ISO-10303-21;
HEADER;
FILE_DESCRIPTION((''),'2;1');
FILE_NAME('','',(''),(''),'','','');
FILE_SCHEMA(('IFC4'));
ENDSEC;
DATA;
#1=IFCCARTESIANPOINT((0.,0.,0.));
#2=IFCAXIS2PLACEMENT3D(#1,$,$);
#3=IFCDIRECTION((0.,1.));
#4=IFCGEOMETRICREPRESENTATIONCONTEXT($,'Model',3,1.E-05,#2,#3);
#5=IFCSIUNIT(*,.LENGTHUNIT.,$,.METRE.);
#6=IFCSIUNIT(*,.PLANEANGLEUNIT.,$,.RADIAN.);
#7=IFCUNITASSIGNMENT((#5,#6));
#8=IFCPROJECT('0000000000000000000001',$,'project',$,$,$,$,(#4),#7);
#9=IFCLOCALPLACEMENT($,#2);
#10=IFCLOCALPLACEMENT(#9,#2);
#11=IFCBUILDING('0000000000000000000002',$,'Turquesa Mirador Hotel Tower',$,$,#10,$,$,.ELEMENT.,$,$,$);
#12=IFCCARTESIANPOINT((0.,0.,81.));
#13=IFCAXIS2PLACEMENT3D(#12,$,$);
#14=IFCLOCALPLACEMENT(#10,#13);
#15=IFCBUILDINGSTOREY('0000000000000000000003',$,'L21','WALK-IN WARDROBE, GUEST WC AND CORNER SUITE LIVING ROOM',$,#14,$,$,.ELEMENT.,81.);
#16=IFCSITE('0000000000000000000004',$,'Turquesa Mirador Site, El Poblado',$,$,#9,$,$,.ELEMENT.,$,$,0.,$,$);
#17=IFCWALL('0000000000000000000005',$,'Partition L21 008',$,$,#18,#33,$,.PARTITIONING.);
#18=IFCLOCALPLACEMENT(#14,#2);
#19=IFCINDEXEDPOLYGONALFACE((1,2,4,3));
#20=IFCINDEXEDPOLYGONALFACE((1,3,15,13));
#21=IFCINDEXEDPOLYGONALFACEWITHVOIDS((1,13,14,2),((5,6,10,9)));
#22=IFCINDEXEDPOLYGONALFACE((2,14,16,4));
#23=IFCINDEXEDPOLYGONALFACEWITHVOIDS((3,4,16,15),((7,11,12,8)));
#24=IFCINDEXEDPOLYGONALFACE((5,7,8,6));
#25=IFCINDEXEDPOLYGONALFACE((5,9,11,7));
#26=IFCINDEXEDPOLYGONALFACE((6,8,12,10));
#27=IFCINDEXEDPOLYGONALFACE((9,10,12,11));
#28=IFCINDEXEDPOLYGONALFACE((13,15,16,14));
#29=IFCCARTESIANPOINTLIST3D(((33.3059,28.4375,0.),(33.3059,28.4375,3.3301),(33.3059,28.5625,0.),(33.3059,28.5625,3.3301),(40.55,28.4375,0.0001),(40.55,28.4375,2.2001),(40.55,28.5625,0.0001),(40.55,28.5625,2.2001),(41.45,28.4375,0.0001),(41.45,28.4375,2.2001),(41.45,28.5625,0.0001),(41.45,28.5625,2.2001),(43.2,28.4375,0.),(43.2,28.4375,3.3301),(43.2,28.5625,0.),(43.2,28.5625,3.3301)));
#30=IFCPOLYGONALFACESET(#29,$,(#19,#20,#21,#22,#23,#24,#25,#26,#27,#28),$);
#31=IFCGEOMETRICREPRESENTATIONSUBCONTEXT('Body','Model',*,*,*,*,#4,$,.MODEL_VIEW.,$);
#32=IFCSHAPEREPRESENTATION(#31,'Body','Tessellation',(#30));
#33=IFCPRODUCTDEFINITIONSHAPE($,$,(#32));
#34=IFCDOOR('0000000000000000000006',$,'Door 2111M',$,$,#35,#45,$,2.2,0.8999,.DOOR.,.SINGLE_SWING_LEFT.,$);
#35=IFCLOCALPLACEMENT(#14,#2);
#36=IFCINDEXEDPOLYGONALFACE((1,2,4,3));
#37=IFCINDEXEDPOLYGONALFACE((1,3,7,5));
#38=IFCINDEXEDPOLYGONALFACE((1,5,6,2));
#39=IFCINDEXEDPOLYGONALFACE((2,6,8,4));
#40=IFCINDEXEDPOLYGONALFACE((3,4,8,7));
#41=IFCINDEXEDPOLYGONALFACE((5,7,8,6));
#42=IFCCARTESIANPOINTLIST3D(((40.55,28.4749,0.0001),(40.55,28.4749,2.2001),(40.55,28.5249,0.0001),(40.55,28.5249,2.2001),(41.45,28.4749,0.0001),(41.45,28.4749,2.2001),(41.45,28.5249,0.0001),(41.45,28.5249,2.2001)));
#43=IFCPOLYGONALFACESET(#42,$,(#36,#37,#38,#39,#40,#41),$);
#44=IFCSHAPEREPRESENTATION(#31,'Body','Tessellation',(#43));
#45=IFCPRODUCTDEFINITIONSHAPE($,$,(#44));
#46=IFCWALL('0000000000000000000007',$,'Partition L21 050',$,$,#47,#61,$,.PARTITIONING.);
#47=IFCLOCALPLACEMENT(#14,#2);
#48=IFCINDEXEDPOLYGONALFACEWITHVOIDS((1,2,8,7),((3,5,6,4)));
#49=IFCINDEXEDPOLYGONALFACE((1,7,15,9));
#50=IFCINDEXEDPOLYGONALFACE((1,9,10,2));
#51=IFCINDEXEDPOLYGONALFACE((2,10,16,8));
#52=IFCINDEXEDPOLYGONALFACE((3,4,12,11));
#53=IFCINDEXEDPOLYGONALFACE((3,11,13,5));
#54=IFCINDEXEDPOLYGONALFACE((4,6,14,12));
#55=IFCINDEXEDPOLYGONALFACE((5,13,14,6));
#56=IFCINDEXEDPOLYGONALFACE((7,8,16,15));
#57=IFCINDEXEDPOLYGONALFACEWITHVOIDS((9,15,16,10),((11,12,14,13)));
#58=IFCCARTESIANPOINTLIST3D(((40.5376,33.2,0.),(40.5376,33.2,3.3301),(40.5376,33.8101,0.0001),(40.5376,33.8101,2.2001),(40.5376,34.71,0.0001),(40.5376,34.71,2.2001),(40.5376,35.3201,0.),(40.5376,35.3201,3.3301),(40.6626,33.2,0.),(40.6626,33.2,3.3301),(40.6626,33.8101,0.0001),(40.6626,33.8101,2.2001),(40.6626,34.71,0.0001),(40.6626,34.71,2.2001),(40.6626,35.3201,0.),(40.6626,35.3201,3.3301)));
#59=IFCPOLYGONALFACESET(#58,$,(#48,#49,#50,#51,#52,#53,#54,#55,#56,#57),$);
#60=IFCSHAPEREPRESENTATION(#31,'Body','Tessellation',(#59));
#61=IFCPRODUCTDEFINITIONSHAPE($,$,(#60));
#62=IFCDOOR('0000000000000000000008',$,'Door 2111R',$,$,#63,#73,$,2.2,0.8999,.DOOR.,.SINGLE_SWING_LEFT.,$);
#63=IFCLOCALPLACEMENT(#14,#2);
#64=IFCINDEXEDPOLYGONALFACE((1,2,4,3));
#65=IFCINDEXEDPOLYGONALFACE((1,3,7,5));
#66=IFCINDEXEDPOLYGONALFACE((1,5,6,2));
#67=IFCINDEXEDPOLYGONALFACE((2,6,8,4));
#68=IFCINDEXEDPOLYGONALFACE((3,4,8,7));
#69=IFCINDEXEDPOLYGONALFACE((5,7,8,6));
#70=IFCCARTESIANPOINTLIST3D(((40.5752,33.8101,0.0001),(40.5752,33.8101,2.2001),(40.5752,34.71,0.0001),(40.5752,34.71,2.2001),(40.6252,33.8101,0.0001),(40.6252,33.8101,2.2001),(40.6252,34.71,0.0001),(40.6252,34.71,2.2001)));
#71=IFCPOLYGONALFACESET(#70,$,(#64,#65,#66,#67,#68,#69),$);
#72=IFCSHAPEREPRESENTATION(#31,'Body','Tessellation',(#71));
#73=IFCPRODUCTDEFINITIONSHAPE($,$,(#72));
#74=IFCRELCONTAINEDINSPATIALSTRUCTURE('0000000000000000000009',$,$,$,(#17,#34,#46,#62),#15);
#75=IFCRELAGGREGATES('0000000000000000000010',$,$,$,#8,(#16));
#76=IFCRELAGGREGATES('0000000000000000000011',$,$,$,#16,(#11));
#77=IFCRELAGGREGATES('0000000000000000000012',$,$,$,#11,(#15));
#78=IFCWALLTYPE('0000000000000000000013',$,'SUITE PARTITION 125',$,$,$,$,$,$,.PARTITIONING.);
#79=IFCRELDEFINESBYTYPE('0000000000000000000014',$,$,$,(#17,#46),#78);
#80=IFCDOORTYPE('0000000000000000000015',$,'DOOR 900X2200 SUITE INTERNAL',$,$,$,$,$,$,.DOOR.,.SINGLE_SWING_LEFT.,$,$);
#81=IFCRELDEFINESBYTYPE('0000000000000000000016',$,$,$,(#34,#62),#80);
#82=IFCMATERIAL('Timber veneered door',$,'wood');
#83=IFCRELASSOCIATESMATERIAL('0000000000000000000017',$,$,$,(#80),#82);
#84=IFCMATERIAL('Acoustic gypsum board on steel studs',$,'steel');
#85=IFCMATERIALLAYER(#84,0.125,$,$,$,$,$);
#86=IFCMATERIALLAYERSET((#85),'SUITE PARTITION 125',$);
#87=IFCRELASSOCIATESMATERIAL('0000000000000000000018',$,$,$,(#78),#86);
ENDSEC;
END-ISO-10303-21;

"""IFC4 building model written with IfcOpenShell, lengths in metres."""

from ifc_helpers import new_model, si_unit, direction, frame, frame_2d, origin, place, context, subcontext, project, spatial, rectangle, extrude, material, layer, layer_set, type_object, element, fill, save


model = new_model("IFC4")

# Units and contexts
model_context = context("Model", 3, precision=1e-05, world=origin(), true_north=direction((0.0, 1.0)))
body_context = subcontext(model_context, "Body", "Model", "MODEL_VIEW")
ifc_project = project(units=[si_unit("LENGTHUNIT", "METRE"), si_unit("PLANEANGLEUNIT", "RADIAN")], contexts=[model_context])

# Site, building, storey
site_placement = place(None, origin())
site = spatial("IfcSite", under=ifc_project, at=site_placement, Name="Turquesa Mirador Site, El Poblado", CompositionType="ELEMENT", RefElevation=0.0)
building_placement = place(site_placement, origin())
building = spatial("IfcBuilding", under=site, at=building_placement, Name="Turquesa Mirador Hotel Tower", CompositionType="ELEMENT")
storey_placement = place(building_placement, frame((0.0, 0.0, 81.0)))
storey = spatial("IfcBuildingStorey", under=building, at=storey_placement, Name="L21", Description="WALK-IN WARDROBE, GUEST WC AND CORNER SUITE LIVING ROOM", CompositionType="ELEMENT", Elevation=81.0)

# Shared definitions
ifc_material_1 = material(Name="Timber veneered door", Category="wood")
door_type_1 = type_object("IfcDoorType", Name="DOOR 900X2200 SUITE INTERNAL", OperationType="SINGLE_SWING_LEFT", PredefinedType="DOOR", material=ifc_material_1)

# Walls, openings, doors
ifc_material_2 = material(Name="Acoustic gypsum board on steel studs", Category="steel")
ifc_layer_1 = layer(ifc_material_2, 0.125)
ifc_layer_set_1 = layer_set([ifc_layer_1], Name="SUITE PARTITION 125")
wall_type_1 = type_object("IfcWallType", Name="SUITE PARTITION 125", PredefinedType="PARTITIONING", material=ifc_layer_set_1)
wall_1_placement = place(storey_placement, frame((33.3059, 28.5, 0.0), z_axis=(0.0, 0.0, 1.0), x_axis=(1.0, 0.0, 0.0)))
wall_1 = element("IfcWall", 1, at=wall_1_placement, inside=storey, type_object=wall_type_1, Name="Partition L21 008", PredefinedType="PARTITIONING", context=body_context, shape_type="SweptSolid", body=[
    extrude(rectangle(XDim=9.894, YDim=0.125, at=frame_2d((4.947, 0.0))), origin(), (0.0, 0.0, 1.0), 3.3301),
])
opening_1_placement = place(wall_1_placement, frame((7.2441, 0.0, 0.0)))
opening_1 = element("IfcOpeningElement", 2, at=opening_1_placement, cuts=wall_1, PredefinedType="OPENING", context=body_context, shape_type="SweptSolid", body=[
    extrude(rectangle(XDim=0.8999, YDim=2.2, at=frame_2d((0.45, 1.1001))), frame((0.0, 0.0725, 0.0), z_axis=(0.0, -1.0, 0.0), x_axis=(1.0, 0.0, 0.0)), (0.0, 0.0, 1.0), 0.145),
])
door_1_placement = place(opening_1_placement, origin())
door_1 = element("IfcDoor", 3, at=door_1_placement, inside=storey, type_object=door_type_1, Name="Door 2111M", OperationType="SINGLE_SWING_LEFT", OverallHeight=2.2, OverallWidth=0.8999, PredefinedType="DOOR", context=body_context, shape_type="SweptSolid", body=[
    extrude(rectangle(XDim=0.8999, YDim=2.2, at=frame_2d((0.45, 1.1001))), frame((0.0, 0.0249, 0.0), z_axis=(0.0, -1.0, 0.0), x_axis=(1.0, 0.0, 0.0)), (0.0, 0.0, 1.0), 0.05),
])
fill(opening_1, door_1)
wall_2_placement = place(storey_placement, frame((40.6001, 33.2, 0.0), z_axis=(0.0, 0.0, 1.0), x_axis=(0.0, 1.0, 0.0)))
wall_2 = element("IfcWall", 4, at=wall_2_placement, inside=storey, type_object=wall_type_1, Name="Partition L21 050", PredefinedType="PARTITIONING", context=body_context, shape_type="SweptSolid", body=[
    extrude(rectangle(XDim=2.1201, YDim=0.125, at=frame_2d((1.0601, 0.0))), origin(), (0.0, 0.0, 1.0), 3.3301),
])
opening_2_placement = place(wall_2_placement, frame((0.6101, 0.0, 0.0)))
opening_2 = element("IfcOpeningElement", 5, at=opening_2_placement, cuts=wall_2, PredefinedType="OPENING", context=body_context, shape_type="SweptSolid", body=[
    extrude(rectangle(XDim=0.8999, YDim=2.2, at=frame_2d((0.45, 1.1001))), frame((0.0, 0.0725, 0.0), z_axis=(0.0, -1.0, 0.0), x_axis=(1.0, 0.0, 0.0)), (0.0, 0.0, 1.0), 0.145),
])
door_2_placement = place(opening_2_placement, origin())
door_2 = element("IfcDoor", 6, at=door_2_placement, inside=storey, type_object=door_type_1, Name="Door 2111R", OperationType="SINGLE_SWING_LEFT", OverallHeight=2.2, OverallWidth=0.8999, PredefinedType="DOOR", context=body_context, shape_type="SweptSolid", body=[
    extrude(rectangle(XDim=0.8999, YDim=2.2, at=frame_2d((0.45, 1.1001))), frame((0.0, 0.0249, 0.0), z_axis=(0.0, -1.0, 0.0), x_axis=(1.0, 0.0, 0.0)), (0.0, 0.0, 1.0), 0.05),
])
fill(opening_2, door_2)

save(model, "model.ifc")
